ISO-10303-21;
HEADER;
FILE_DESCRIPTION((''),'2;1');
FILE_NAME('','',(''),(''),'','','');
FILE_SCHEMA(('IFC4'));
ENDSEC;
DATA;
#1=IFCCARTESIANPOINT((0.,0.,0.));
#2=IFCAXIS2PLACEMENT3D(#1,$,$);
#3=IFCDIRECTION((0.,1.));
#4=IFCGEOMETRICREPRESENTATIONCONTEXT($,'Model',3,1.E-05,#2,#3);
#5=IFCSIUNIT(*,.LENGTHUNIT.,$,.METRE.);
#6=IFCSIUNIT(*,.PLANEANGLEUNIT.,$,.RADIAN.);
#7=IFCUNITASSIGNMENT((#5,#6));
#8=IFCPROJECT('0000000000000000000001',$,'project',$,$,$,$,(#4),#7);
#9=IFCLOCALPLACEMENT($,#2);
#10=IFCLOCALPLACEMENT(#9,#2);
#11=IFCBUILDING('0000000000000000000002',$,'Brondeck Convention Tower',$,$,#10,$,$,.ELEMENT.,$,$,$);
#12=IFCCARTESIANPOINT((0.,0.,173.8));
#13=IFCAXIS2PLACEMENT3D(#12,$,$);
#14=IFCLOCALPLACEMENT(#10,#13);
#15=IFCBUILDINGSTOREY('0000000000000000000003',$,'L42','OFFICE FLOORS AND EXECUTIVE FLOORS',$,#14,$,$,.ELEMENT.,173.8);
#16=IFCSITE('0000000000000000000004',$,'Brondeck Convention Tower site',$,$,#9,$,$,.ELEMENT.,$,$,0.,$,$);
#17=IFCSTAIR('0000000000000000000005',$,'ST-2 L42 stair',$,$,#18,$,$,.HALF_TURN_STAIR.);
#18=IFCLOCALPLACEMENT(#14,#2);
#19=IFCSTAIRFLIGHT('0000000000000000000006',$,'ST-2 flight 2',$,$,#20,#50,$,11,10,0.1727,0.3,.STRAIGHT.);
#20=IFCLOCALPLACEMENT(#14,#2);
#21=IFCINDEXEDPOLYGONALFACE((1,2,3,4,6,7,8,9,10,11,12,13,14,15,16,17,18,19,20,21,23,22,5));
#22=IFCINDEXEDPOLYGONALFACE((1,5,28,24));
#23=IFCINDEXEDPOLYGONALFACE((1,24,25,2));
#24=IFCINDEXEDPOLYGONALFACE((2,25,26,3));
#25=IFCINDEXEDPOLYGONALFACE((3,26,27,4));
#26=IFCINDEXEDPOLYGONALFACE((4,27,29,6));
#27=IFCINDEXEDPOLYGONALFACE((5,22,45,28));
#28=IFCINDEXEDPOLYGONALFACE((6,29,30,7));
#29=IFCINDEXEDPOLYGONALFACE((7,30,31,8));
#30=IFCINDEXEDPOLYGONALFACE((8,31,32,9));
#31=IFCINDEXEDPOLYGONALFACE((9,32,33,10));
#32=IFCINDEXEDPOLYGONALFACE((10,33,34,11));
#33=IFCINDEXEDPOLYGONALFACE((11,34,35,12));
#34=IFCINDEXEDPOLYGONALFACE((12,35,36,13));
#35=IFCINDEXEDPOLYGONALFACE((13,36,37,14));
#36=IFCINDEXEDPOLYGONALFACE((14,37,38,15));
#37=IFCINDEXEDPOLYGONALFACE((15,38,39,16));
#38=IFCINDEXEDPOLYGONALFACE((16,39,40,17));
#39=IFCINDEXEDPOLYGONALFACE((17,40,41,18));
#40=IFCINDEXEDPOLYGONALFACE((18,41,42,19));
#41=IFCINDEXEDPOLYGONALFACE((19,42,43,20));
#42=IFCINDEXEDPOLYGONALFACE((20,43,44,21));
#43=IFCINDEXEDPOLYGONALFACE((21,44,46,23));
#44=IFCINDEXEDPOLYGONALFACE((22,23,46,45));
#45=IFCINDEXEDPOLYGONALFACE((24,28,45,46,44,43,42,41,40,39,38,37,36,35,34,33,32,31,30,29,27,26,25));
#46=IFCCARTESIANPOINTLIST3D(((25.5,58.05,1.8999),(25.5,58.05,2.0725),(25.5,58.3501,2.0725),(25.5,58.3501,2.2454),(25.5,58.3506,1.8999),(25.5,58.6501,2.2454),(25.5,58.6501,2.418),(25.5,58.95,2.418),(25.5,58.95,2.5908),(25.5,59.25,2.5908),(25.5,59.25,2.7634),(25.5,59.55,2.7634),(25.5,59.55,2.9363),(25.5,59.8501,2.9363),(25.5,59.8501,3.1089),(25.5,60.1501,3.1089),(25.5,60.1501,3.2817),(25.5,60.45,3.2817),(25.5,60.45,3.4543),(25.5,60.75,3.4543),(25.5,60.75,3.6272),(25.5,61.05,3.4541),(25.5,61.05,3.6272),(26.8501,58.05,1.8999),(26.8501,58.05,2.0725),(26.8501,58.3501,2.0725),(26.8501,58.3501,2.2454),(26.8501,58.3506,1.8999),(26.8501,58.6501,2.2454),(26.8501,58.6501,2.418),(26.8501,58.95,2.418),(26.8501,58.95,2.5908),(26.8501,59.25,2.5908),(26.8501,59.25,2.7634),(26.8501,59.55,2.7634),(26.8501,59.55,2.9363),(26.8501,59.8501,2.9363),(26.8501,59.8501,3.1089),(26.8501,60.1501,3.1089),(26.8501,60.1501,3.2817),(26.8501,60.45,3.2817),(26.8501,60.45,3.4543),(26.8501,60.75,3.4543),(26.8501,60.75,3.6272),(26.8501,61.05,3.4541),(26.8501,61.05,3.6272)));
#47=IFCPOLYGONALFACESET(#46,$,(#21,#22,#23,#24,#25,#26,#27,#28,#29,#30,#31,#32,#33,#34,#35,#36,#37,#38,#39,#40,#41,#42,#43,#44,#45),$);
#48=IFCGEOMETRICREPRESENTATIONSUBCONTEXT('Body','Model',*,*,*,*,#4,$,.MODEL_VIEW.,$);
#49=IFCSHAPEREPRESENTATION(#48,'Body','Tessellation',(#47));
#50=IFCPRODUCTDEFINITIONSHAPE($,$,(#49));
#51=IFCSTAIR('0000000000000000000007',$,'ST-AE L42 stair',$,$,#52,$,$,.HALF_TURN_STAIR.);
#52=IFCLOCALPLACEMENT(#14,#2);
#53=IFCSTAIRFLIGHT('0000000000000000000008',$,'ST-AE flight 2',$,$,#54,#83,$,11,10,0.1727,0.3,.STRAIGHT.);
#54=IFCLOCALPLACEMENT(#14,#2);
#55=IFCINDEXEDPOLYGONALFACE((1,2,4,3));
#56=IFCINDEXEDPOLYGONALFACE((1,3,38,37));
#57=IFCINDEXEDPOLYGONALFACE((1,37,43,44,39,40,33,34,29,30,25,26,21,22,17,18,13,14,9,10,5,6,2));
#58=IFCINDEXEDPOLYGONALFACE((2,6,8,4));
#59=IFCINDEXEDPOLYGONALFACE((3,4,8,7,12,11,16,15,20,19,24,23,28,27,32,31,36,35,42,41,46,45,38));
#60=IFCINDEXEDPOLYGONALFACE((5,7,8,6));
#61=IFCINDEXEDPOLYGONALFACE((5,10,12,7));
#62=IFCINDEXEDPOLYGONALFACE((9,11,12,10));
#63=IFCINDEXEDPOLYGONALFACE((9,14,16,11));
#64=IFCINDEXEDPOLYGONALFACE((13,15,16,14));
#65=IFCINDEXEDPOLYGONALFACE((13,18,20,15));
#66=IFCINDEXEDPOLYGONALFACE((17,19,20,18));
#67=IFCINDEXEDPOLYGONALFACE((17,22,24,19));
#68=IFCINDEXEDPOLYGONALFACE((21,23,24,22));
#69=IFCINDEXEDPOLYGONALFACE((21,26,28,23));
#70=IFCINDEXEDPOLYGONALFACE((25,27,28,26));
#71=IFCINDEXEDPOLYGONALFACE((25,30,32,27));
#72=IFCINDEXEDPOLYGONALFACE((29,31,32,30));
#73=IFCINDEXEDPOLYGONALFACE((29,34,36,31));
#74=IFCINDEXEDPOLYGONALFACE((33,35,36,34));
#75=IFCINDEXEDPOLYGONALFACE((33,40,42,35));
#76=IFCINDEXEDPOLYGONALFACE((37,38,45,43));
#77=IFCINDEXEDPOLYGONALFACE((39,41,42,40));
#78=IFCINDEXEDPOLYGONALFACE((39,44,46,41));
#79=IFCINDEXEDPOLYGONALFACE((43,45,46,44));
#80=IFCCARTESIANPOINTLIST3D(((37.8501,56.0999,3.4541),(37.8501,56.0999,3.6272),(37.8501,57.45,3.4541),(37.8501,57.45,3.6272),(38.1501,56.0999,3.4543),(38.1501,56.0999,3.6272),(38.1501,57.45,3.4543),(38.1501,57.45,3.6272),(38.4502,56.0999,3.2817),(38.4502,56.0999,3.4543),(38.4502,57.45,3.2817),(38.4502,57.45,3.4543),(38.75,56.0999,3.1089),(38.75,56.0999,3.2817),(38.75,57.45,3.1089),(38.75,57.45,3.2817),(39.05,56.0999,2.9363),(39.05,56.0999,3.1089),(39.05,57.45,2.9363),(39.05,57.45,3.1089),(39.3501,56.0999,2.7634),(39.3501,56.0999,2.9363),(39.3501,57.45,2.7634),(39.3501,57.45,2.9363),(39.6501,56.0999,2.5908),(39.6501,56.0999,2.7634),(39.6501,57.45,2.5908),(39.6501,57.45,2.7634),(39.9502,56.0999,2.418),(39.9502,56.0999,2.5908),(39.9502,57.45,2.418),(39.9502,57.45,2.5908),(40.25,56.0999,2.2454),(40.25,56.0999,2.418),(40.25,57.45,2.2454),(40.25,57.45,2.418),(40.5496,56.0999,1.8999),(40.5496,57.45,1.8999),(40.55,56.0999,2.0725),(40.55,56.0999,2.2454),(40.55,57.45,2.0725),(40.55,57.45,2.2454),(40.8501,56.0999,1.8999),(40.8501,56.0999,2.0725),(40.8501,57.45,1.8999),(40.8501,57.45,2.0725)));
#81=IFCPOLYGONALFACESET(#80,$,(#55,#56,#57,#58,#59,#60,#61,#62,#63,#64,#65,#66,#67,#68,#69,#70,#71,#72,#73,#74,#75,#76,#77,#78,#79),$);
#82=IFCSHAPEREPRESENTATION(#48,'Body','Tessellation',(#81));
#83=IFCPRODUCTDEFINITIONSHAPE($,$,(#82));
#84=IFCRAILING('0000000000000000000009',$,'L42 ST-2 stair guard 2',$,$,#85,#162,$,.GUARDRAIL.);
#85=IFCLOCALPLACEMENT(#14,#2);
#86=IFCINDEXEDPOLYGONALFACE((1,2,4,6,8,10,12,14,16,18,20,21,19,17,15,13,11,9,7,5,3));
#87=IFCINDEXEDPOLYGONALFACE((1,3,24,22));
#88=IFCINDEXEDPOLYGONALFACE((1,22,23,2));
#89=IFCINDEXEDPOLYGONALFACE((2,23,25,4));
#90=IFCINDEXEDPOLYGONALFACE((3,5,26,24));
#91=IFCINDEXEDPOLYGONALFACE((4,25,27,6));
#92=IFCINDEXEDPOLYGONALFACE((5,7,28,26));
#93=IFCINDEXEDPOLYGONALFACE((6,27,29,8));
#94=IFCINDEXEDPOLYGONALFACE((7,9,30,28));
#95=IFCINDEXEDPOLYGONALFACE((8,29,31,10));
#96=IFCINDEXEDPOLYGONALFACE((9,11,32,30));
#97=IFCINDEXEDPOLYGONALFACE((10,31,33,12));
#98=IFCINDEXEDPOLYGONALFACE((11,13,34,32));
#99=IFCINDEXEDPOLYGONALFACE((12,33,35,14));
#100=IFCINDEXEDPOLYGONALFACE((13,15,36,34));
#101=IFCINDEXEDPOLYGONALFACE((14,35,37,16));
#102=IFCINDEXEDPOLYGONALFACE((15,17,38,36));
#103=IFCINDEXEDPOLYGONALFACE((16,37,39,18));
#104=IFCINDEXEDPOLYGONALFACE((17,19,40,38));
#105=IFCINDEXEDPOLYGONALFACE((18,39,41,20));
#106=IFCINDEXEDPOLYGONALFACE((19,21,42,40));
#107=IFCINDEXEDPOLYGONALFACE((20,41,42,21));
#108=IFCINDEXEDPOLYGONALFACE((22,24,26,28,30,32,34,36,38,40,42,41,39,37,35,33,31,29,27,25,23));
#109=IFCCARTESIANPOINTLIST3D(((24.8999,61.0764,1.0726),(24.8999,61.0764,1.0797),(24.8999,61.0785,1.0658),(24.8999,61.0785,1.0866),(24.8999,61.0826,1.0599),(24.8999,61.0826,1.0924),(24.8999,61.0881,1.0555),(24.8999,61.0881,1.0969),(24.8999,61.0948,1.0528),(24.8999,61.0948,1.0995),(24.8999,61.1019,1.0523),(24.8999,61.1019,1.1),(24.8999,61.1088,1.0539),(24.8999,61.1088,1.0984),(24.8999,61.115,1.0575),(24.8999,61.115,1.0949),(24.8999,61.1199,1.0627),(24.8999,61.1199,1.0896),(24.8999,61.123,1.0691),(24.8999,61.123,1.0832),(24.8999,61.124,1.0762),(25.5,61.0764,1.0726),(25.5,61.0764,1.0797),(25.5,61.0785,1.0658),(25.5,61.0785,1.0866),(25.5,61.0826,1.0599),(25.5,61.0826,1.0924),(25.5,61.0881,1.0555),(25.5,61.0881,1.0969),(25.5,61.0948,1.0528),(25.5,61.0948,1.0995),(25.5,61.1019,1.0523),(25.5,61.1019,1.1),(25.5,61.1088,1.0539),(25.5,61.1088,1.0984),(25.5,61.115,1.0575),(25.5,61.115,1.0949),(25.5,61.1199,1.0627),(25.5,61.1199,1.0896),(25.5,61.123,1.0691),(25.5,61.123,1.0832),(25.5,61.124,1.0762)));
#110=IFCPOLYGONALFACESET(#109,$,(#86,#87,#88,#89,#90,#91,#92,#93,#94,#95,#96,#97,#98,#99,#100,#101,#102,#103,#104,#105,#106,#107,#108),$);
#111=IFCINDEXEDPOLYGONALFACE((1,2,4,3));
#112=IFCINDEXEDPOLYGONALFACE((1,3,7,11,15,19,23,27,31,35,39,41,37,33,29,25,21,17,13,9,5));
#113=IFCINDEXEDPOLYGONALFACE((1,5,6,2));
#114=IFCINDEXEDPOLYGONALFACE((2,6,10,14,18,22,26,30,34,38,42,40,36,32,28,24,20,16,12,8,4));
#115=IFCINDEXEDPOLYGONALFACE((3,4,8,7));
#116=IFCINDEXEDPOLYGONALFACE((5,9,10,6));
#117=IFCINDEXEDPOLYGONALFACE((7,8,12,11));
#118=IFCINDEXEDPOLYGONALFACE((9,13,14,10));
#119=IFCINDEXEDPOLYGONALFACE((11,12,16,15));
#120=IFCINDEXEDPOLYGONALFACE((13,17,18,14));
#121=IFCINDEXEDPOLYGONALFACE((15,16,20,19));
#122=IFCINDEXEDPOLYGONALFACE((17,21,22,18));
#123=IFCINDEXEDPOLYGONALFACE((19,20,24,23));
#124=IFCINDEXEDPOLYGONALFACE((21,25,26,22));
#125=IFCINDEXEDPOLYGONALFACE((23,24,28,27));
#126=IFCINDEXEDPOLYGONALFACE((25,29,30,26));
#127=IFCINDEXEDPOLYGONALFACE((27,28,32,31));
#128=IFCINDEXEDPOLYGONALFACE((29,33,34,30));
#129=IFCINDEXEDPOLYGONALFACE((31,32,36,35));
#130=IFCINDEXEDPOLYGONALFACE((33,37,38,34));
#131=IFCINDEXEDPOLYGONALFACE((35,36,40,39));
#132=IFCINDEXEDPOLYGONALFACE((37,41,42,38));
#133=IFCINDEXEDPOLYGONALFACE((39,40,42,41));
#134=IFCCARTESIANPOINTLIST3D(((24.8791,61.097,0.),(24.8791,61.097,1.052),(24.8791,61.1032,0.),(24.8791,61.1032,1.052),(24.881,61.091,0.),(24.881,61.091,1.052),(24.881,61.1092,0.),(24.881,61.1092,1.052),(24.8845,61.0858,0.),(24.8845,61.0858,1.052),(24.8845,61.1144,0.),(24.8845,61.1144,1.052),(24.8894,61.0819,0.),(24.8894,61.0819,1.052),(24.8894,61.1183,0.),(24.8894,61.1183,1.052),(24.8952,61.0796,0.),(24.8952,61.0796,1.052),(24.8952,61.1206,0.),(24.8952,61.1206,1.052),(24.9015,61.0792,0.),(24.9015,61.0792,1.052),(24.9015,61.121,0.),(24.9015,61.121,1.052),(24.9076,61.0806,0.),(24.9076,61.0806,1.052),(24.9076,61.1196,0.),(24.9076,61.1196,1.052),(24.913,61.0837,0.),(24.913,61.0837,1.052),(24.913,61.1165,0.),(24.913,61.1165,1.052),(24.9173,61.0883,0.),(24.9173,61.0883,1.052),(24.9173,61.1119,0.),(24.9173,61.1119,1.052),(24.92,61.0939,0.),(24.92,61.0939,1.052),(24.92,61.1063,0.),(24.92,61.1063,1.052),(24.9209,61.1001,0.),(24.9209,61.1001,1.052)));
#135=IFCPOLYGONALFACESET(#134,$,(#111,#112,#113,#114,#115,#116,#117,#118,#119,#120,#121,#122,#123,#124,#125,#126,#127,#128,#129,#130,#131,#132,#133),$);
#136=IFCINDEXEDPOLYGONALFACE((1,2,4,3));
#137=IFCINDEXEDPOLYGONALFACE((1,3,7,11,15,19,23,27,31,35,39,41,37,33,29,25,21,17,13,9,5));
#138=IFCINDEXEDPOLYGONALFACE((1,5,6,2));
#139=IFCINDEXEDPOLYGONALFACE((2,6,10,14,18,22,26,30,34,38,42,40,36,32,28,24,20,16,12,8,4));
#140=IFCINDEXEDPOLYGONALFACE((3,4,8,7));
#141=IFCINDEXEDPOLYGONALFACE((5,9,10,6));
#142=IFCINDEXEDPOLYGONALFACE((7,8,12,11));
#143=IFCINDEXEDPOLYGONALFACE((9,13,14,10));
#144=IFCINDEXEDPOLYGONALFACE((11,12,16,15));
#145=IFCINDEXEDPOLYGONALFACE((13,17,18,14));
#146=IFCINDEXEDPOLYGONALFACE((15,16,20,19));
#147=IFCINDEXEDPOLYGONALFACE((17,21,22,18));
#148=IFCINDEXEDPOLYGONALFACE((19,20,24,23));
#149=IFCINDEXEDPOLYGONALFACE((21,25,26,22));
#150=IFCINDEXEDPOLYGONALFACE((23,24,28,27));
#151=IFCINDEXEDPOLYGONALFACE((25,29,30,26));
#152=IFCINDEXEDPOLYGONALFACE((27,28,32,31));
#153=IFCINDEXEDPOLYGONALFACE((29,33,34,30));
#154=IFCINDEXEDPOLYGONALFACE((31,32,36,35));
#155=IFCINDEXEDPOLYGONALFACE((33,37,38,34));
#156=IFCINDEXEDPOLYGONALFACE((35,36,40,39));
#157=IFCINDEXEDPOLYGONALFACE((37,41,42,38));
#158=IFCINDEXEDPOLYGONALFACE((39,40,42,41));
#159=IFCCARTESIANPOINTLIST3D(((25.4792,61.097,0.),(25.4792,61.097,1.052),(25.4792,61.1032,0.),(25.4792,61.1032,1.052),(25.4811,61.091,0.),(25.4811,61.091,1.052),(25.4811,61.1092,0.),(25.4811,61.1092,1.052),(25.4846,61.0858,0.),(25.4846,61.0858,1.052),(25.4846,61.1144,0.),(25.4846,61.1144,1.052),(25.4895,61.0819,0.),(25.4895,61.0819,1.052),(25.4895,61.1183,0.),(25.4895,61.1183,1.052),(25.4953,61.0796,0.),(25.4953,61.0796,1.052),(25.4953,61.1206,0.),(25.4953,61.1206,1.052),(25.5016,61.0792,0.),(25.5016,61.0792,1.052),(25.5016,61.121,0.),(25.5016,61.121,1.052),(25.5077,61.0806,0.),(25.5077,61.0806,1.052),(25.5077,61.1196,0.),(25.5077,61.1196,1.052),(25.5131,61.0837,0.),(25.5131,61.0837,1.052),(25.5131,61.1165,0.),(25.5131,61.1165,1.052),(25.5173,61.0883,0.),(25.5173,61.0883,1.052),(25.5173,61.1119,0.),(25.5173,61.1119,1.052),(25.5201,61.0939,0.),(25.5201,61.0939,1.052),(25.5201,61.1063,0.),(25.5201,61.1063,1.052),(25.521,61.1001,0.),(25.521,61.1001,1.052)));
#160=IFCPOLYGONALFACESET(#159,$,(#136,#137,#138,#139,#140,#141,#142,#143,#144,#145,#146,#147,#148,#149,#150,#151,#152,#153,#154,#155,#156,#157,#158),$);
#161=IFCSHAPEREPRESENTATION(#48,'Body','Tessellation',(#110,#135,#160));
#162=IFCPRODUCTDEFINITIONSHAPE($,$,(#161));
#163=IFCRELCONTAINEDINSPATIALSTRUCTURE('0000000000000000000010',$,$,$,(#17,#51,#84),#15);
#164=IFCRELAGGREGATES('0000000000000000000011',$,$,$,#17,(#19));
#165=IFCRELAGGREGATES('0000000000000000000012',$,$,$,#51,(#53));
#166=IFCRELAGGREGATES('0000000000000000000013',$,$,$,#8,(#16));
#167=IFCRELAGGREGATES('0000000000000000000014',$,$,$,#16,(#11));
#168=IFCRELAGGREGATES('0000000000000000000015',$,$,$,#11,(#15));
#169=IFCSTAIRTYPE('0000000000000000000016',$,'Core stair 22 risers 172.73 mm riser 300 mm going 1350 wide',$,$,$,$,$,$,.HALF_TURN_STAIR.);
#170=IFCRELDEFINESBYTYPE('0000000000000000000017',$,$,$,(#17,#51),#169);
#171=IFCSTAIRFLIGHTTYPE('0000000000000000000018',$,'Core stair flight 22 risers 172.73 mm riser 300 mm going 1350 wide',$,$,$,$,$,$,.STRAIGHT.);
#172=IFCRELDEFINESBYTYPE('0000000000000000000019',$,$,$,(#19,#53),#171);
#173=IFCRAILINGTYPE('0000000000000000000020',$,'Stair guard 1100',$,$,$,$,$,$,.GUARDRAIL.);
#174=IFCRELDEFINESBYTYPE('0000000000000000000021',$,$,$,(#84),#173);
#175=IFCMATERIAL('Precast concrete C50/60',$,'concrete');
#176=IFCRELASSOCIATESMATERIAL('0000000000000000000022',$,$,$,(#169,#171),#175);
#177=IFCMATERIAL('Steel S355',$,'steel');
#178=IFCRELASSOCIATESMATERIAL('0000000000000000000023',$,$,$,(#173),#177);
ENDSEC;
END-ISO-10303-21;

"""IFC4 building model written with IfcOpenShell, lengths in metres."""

from ifc_helpers import new_model, si_unit, direction, frame, origin, origin_2d, place, context, subcontext, project, spatial, polyline, circle, outline, extrude, material, type_object, element, aggregate, save


model = new_model("IFC4")

# Units and contexts
model_context = context("Model", 3, precision=1e-05, world=origin(), true_north=direction((0.0, 1.0)))
body_context = subcontext(model_context, "Body", "Model", "MODEL_VIEW")
ifc_project = project(units=[si_unit("LENGTHUNIT", "METRE"), si_unit("PLANEANGLEUNIT", "RADIAN")], contexts=[model_context])

# Site, building, storey
site_placement = place(None, origin())
site = spatial("IfcSite", under=ifc_project, at=site_placement, Name="Brondeck Convention Tower site", CompositionType="ELEMENT", RefElevation=0.0)
building_placement = place(site_placement, origin())
building = spatial("IfcBuilding", under=site, at=building_placement, Name="Brondeck Convention Tower", CompositionType="ELEMENT")
storey_placement = place(building_placement, frame((0.0, 0.0, 173.8)))
storey = spatial("IfcBuildingStorey", under=building, at=storey_placement, Name="L42", Description="OFFICE FLOORS AND EXECUTIVE FLOORS", CompositionType="ELEMENT", Elevation=173.8)

# Shared definitions
ifc_material_1 = material(Name="Steel S355", Category="steel")

# Stair, stair flight
ifc_material_2 = material(Name="Precast concrete C50/60", Category="concrete")
stair_type = type_object("IfcStairType", Name="Core stair 22 risers 172.73 mm riser 300 mm going 1350 wide", PredefinedType="HALF_TURN_STAIR", material=ifc_material_2)
stair_1_placement = place(storey_placement, origin())
stair_1 = element("IfcStair", 1, at=stair_1_placement, inside=storey, type_object=stair_type, Name="ST-2 L42 stair", PredefinedType="HALF_TURN_STAIR")
stair_flight_type = type_object("IfcStairFlightType", Name="Core stair flight 22 risers 172.73 mm riser 300 mm going 1350 wide", PredefinedType="STRAIGHT", material=ifc_material_2)
stair_flight_1_placement = place(storey_placement, frame((26.175, 58.05, 1.8999), z_axis=(0.0, 0.0, 1.0), x_axis=(0.0, 1.0, 0.0)))
stair_flight_1 = element("IfcStairFlight", 2, at=stair_flight_1_placement, type_object=stair_flight_type, Name="ST-2 flight 2", NumberOfRisers=11, NumberOfTreads=10, PredefinedType="STRAIGHT", RiserHeight=0.1727, TreadLength=0.3, context=body_context, shape_type="SweptSolid", body=[
    extrude(outline(polyline([(0.0, 0.0), (0.0, 0.1726), (0.3, 0.1726), (0.3, 0.3455), (0.6001, 0.3455), (0.6001, 0.5181), (0.8999, 0.5181), (0.8999, 0.6909), (1.2, 0.6909), (1.2, 0.8635), (1.5, 0.8635), (1.5, 1.0364), (1.8, 1.0364), (1.8, 1.209), (2.1001, 1.209), (2.1001, 1.3818), (2.3999, 1.3818), (2.3999, 1.5544), (2.7, 1.5544), (2.7, 1.7273), (3.0, 1.7273), (3.0, 1.8999), (3.0, 1.5542), (0.3005, 0.0), (0.0, 0.0)])), frame((0.0, 0.675, 0.0), z_axis=(0.0, -1.0, 0.0), x_axis=(1.0, 0.0, 0.0)), (0.0, 0.0, 1.0), 1.3501),
])
aggregate(stair_1, [stair_flight_1])

# Stair, stair flight
stair_2_placement = place(storey_placement, origin())
stair_2 = element("IfcStair", 3, at=stair_2_placement, inside=storey, type_object=stair_type, Name="ST-AE L42 stair", PredefinedType="HALF_TURN_STAIR")
stair_flight_2_placement = place(storey_placement, frame((40.8501, 56.7749, 1.8999), z_axis=(0.0, 0.0, 1.0), x_axis=(-1.0, 0.0, 0.0)))
stair_flight_2 = element("IfcStairFlight", 4, at=stair_flight_2_placement, type_object=stair_flight_type, Name="ST-AE flight 2", NumberOfRisers=11, NumberOfTreads=10, PredefinedType="STRAIGHT", RiserHeight=0.1727, TreadLength=0.3, context=body_context, shape_type="SweptSolid", body=[
    extrude(outline(polyline([(0.0, 0.0), (0.0, 0.1726), (0.3, 0.1726), (0.3, 0.3455), (0.6001, 0.3455), (0.6001, 0.5181), (0.8999, 0.5181), (0.8999, 0.6909), (1.2, 0.6909), (1.2, 0.8635), (1.5, 0.8635), (1.5, 1.0364), (1.8, 1.0364), (1.8, 1.209), (2.1001, 1.209), (2.1001, 1.3818), (2.3999, 1.3818), (2.3999, 1.5544), (2.7, 1.5544), (2.7, 1.7273), (3.0, 1.7273), (3.0, 1.8999), (3.0, 1.5542), (0.3005, 0.0), (0.0, 0.0)])), frame((0.0, 0.675, 0.0), z_axis=(0.0, -1.0, 0.0), x_axis=(1.0, 0.0, 0.0)), (0.0, 0.0, 1.0), 1.3501),
])
aggregate(stair_2, [stair_flight_2])

# Railing
railing_type_1 = type_object("IfcRailingType", Name="Stair guard 1100", PredefinedType="GUARDRAIL", material=ifc_material_1)
railing_1_placement = place(storey_placement, frame((24.8999, 61.1001, 0.0)))
element("IfcRailing", 5, at=railing_1_placement, inside=storey, type_object=railing_type_1, Name="L42 ST-2 stair guard 2", PredefinedType="GUARDRAIL", context=body_context, shape_type="SweptSolid", body=[
    extrude(circle(Radius=0.0239, at=origin_2d()), frame((0.0, 0.0, 1.0762), z_axis=(1.0, 0.0, 0.0), x_axis=(0.0, 1.0, 0.0)), (0.0, 0.0, 1.0), 0.6001),
    extrude(circle(Radius=0.021, at=origin_2d()), origin(), (0.0, 0.0, 1.0), 1.052),
    extrude(circle(Radius=0.021, at=origin_2d()), frame((0.6001, 0.0, 0.0)), (0.0, 0.0, 1.0), 1.052),
])

save(model, "model.ifc")
